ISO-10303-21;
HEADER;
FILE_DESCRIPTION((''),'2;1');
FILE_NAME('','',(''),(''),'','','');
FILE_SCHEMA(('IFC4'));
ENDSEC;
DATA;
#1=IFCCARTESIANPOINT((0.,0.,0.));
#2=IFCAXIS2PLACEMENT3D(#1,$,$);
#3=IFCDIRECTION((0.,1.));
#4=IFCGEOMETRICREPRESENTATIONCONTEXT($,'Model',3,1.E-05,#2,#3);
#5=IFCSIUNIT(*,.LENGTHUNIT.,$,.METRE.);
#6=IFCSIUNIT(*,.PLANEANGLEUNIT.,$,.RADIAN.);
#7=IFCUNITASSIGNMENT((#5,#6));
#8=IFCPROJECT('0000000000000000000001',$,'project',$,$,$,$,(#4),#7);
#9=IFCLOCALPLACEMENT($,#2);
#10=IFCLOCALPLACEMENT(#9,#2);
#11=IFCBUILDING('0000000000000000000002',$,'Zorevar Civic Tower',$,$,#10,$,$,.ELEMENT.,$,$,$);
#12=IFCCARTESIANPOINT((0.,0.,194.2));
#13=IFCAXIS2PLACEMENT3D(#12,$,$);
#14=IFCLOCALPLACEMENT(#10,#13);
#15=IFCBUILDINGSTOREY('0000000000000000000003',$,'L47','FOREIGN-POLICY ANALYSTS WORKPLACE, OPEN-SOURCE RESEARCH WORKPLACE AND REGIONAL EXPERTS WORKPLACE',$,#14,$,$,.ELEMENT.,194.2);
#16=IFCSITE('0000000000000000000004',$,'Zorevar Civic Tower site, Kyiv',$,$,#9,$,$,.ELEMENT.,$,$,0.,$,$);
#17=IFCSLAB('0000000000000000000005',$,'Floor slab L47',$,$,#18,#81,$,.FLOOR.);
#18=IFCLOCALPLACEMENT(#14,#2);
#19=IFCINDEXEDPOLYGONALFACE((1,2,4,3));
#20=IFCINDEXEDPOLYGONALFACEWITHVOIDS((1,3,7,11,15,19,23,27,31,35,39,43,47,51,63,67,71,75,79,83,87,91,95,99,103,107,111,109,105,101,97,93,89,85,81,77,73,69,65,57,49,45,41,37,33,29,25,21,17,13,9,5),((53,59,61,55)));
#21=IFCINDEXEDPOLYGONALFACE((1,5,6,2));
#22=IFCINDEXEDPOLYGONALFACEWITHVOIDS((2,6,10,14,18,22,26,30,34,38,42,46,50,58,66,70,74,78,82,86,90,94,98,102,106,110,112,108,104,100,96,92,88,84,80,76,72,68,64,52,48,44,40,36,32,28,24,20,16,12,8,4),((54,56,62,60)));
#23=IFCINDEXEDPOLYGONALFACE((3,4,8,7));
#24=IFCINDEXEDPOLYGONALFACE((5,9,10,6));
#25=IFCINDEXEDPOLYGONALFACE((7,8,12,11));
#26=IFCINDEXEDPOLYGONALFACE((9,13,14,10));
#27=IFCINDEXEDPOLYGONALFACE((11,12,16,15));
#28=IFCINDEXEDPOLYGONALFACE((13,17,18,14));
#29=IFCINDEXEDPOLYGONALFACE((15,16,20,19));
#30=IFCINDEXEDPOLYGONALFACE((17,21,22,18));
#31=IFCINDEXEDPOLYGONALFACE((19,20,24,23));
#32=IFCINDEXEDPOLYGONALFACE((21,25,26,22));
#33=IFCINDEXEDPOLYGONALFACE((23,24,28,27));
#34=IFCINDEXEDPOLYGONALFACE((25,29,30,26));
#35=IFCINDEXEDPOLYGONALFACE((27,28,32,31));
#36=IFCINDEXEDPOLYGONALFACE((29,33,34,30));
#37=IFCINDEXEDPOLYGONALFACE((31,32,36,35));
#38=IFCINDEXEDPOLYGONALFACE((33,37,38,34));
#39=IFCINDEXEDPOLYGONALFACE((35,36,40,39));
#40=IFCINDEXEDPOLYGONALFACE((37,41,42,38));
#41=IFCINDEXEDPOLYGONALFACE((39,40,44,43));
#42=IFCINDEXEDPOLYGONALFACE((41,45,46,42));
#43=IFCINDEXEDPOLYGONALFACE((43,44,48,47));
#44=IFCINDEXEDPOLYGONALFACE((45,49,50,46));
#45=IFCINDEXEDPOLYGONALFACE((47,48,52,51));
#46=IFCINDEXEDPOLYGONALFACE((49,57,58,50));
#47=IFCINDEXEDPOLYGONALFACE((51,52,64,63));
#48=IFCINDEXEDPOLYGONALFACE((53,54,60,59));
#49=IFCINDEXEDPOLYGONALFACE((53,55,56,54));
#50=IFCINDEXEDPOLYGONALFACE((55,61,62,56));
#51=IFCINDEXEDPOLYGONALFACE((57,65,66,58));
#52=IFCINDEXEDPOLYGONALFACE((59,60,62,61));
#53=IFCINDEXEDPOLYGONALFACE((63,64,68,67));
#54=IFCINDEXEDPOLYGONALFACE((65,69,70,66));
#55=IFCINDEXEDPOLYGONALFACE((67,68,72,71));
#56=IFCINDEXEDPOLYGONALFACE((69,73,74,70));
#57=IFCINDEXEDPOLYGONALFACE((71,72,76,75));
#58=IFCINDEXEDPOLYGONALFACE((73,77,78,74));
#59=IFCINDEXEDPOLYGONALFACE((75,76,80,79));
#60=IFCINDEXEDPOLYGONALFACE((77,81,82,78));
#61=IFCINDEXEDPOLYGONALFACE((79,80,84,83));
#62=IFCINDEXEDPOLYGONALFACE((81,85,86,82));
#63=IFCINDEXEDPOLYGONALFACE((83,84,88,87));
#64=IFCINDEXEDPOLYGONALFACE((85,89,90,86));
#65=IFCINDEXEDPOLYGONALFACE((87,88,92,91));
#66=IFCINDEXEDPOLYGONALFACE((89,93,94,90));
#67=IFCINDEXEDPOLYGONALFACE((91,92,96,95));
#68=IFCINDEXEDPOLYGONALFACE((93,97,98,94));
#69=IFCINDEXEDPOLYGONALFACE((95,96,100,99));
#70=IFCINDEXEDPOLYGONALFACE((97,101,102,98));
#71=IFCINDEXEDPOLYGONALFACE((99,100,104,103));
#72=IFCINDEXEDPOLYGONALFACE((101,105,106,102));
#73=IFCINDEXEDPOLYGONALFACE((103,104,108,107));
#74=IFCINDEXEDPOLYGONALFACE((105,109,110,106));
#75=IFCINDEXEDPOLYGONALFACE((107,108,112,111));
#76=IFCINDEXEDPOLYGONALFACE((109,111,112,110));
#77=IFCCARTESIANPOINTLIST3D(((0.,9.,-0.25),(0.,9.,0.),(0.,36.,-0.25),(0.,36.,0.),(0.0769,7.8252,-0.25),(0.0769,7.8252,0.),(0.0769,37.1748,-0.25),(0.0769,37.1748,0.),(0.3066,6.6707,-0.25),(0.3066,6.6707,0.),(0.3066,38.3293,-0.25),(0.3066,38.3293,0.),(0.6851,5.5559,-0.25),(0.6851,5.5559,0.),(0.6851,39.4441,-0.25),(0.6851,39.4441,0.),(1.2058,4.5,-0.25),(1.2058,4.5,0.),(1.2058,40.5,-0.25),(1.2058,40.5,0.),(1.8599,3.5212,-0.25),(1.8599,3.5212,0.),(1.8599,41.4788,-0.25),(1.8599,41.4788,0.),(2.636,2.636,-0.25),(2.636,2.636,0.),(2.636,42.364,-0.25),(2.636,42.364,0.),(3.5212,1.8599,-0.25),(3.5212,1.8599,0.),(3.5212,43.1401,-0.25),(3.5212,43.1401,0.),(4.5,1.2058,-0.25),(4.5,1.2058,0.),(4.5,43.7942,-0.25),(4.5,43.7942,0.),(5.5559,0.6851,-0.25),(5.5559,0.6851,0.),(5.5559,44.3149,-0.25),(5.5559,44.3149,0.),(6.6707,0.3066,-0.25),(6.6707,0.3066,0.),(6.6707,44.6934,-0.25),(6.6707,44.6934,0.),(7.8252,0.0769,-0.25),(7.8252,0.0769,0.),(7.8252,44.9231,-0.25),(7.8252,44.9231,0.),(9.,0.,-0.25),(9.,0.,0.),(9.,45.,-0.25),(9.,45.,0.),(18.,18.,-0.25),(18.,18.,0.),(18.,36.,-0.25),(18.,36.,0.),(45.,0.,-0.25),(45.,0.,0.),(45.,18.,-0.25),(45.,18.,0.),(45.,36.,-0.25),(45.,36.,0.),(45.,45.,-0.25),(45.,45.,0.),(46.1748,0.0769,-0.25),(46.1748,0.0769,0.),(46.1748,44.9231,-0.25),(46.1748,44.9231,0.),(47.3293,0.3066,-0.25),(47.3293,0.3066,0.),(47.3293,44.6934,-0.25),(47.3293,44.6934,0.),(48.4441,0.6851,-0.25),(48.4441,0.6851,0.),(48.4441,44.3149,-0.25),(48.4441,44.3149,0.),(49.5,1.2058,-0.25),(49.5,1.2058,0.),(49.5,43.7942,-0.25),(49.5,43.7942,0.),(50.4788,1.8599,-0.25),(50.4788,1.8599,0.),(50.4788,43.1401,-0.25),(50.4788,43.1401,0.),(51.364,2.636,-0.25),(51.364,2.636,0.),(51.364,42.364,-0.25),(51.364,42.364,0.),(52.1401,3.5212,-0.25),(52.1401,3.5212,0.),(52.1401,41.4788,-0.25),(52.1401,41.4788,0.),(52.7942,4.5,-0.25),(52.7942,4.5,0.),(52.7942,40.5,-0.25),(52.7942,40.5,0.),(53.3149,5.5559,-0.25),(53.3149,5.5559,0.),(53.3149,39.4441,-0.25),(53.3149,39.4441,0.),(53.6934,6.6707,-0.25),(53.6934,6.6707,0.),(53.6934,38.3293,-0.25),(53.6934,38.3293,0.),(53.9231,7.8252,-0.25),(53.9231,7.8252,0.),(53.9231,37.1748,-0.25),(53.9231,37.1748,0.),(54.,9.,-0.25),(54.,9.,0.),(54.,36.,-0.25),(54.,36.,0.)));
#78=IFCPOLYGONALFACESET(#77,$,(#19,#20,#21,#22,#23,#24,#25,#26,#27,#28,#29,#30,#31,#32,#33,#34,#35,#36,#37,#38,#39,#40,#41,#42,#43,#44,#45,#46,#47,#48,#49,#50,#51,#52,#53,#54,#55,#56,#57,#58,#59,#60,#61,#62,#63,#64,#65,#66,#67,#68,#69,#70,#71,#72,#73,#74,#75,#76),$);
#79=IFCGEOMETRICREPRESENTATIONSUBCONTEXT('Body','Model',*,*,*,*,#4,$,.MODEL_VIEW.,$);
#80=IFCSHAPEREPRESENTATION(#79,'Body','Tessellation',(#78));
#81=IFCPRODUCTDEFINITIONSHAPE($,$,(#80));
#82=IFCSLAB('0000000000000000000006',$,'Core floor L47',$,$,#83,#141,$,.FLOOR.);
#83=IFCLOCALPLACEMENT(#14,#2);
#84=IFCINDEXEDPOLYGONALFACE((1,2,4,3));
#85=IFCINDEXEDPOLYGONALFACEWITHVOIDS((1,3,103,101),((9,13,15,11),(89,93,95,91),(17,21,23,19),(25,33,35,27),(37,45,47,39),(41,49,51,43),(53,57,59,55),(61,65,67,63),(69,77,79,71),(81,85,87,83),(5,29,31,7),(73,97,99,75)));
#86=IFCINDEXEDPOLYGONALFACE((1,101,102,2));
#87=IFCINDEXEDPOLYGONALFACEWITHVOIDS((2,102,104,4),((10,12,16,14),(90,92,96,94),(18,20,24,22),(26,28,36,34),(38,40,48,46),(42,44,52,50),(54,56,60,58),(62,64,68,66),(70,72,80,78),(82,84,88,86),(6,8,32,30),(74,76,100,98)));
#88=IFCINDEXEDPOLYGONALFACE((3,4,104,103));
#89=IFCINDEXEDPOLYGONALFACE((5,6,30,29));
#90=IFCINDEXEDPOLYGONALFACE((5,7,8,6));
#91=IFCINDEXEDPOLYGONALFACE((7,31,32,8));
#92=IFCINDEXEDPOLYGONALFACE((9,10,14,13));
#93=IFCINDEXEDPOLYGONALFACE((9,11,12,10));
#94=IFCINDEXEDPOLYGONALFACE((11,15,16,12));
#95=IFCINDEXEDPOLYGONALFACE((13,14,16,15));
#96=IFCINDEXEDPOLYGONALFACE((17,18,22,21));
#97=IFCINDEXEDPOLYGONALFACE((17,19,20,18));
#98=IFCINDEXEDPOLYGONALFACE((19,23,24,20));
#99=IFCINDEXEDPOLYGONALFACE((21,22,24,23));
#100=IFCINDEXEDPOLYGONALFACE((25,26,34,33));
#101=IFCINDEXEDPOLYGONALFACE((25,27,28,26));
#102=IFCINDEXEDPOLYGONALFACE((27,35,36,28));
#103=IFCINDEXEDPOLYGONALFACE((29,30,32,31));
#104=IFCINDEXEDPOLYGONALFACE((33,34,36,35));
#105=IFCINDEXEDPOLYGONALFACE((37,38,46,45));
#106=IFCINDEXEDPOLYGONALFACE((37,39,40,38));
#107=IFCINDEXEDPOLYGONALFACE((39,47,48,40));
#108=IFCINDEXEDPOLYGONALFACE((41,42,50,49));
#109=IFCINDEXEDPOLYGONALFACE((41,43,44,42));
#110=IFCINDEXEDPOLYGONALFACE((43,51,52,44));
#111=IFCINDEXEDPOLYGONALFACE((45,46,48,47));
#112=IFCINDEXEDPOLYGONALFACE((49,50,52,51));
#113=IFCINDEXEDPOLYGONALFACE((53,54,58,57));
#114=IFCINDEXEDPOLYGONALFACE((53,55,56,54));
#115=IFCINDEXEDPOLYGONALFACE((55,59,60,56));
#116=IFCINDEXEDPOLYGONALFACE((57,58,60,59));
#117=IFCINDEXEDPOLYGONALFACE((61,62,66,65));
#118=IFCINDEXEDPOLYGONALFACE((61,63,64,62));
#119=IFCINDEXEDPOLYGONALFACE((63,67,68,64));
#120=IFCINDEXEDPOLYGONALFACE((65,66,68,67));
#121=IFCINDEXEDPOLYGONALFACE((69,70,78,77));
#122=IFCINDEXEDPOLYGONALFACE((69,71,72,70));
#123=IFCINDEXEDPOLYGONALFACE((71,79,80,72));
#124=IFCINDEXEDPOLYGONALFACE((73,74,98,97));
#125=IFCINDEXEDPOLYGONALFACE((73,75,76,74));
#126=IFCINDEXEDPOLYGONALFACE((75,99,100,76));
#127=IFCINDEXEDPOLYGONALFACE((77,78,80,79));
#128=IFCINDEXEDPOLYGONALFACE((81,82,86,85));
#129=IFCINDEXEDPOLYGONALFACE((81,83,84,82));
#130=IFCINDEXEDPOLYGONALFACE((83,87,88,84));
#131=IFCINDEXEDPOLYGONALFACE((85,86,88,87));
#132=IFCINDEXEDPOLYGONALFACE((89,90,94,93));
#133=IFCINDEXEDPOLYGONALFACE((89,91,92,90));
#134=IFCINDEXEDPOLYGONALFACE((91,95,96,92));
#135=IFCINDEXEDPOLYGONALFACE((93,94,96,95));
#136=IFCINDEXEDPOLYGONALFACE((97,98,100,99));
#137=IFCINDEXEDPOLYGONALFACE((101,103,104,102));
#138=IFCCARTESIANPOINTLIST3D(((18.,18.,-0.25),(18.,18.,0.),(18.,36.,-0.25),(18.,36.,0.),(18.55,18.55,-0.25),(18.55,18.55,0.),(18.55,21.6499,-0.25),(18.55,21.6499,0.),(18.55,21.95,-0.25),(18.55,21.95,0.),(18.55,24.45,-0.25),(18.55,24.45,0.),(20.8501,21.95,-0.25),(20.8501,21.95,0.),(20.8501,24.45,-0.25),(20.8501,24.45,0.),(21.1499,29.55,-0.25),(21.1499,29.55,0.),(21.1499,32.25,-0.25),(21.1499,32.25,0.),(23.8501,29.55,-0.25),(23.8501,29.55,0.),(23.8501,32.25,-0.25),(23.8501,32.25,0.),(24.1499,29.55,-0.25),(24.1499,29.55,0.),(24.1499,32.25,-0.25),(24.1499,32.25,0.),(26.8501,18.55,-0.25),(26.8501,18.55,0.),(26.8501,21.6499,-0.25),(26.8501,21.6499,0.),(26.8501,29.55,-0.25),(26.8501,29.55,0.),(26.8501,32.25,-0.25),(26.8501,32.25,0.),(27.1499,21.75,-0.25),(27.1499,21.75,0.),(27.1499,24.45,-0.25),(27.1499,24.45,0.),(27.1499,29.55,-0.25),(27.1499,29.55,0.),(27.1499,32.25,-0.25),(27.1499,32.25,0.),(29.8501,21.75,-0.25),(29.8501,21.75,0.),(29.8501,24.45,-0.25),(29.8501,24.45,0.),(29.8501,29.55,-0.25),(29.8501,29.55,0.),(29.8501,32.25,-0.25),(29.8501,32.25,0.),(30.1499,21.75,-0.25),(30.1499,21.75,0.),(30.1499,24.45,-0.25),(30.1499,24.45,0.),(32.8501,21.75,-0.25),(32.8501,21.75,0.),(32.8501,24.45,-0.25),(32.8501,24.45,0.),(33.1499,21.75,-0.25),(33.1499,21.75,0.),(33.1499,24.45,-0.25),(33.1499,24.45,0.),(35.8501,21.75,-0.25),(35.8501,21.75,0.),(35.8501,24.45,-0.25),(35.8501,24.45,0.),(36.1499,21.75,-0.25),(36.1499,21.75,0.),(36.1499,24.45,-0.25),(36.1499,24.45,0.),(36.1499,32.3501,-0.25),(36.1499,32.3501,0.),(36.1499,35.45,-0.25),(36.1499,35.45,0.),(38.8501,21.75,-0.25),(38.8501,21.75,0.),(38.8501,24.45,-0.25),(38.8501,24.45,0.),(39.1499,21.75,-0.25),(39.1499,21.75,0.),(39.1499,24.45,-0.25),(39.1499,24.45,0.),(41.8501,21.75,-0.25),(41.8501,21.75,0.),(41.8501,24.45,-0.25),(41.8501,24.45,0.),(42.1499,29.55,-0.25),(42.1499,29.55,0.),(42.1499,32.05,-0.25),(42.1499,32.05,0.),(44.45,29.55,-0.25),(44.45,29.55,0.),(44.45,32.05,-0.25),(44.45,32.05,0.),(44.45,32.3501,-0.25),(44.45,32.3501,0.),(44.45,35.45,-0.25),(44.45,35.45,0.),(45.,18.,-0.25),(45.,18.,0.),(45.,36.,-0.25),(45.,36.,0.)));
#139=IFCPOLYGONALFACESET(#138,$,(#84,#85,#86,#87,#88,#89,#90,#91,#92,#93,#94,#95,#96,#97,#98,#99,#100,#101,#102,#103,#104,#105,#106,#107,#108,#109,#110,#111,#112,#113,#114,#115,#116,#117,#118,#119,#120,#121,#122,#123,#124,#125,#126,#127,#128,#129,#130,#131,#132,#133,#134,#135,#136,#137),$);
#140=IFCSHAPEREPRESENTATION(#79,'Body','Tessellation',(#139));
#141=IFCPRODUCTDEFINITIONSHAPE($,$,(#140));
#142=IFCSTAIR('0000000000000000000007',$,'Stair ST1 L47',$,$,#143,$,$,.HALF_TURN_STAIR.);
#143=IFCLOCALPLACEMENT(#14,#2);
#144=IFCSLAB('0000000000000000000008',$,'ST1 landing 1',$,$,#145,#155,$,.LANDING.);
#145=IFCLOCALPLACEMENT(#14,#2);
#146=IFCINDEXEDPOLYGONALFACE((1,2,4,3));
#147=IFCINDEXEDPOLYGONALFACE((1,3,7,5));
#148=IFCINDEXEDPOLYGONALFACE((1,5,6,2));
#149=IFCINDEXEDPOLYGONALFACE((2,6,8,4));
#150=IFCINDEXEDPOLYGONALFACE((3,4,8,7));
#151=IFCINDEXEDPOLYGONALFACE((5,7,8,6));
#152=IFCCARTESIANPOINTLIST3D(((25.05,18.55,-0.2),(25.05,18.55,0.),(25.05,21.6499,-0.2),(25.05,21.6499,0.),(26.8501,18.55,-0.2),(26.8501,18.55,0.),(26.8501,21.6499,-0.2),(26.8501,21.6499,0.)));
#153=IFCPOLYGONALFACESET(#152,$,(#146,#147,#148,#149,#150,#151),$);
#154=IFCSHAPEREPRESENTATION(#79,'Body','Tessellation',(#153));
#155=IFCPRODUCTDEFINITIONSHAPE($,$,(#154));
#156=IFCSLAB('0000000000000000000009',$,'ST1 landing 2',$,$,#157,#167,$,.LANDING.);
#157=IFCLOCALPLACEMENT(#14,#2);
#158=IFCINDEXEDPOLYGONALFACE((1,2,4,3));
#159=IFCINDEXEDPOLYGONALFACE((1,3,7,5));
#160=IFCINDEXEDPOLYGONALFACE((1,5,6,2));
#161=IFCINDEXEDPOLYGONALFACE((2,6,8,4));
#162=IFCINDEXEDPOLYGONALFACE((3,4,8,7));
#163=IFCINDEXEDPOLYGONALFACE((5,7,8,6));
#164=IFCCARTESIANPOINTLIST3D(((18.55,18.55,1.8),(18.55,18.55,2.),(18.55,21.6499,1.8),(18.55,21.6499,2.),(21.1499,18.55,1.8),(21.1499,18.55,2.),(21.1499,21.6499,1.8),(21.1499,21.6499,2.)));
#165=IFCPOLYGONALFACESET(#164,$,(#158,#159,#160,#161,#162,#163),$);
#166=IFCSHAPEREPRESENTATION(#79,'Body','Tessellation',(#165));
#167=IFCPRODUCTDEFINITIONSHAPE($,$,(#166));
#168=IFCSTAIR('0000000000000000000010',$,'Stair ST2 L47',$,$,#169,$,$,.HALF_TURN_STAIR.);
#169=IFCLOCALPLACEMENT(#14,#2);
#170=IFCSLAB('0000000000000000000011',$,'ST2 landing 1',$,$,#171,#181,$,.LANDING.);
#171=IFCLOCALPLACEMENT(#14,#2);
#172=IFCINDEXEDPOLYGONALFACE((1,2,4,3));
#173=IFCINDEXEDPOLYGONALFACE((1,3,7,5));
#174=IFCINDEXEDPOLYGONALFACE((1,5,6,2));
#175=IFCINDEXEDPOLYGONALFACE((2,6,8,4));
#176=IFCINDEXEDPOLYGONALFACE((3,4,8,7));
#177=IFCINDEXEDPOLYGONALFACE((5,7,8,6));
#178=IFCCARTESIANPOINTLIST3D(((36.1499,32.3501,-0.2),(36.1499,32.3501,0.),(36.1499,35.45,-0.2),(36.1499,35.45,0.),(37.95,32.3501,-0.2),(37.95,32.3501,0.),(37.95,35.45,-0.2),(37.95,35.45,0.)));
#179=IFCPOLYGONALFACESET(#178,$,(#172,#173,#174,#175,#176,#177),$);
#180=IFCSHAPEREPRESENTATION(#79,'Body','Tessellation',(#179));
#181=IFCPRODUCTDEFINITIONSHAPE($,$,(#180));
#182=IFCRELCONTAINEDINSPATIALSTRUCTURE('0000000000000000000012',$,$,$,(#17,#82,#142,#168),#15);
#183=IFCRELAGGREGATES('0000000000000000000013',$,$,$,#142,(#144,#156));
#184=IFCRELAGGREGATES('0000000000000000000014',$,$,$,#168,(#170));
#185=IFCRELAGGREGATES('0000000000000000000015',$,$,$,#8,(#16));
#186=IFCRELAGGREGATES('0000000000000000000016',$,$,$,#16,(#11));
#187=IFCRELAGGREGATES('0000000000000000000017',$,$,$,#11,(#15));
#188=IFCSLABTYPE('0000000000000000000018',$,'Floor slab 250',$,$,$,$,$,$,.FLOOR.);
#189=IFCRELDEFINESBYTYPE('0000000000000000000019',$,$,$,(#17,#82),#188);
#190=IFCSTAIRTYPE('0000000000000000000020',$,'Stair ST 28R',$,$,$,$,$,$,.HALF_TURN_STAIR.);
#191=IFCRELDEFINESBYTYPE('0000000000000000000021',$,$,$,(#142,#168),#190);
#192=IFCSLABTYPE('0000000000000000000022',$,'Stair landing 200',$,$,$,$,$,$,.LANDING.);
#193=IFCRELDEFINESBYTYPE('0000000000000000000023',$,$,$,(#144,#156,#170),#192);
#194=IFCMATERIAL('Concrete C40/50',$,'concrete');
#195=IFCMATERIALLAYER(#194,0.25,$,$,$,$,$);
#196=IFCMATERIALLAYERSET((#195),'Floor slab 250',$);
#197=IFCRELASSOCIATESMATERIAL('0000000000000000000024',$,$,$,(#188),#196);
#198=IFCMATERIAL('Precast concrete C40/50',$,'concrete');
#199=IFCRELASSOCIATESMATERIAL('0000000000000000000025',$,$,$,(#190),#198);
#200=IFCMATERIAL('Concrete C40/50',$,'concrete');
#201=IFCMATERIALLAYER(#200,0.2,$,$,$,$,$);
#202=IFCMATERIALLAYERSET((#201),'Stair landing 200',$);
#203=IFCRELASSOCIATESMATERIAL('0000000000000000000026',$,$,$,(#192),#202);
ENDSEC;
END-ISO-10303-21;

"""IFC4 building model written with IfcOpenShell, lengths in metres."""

from ifc_helpers import new_model, si_unit, direction, frame, origin, place, context, subcontext, project, spatial, polyline, outline, extrude, material, layer, layer_set, type_object, element, aggregate, save


model = new_model("IFC4")

# Units and contexts
model_context = context("Model", 3, precision=1e-05, world=origin(), true_north=direction((0.0, 1.0)))
body_context = subcontext(model_context, "Body", "Model", "MODEL_VIEW")
ifc_project = project(units=[si_unit("LENGTHUNIT", "METRE"), si_unit("PLANEANGLEUNIT", "RADIAN")], contexts=[model_context])

# Site, building, storey
site_placement = place(None, origin())
site = spatial("IfcSite", under=ifc_project, at=site_placement, Name="Zorevar Civic Tower site, Kyiv", CompositionType="ELEMENT", RefElevation=0.0)
building_placement = place(site_placement, origin())
building = spatial("IfcBuilding", under=site, at=building_placement, Name="Zorevar Civic Tower", CompositionType="ELEMENT")
storey_placement = place(building_placement, frame((0.0, 0.0, 194.2)))
storey = spatial("IfcBuildingStorey", under=building, at=storey_placement, Name="L47", Description="FOREIGN-POLICY ANALYSTS WORKPLACE, OPEN-SOURCE RESEARCH WORKPLACE AND REGIONAL EXPERTS WORKPLACE", CompositionType="ELEMENT", Elevation=194.2)

# Slabs
ifc_material_1 = material(Name="Concrete C40/50", Category="concrete")
ifc_layer_1 = layer(ifc_material_1, 0.25)
ifc_layer_set_1 = layer_set([ifc_layer_1], Name="Floor slab 250")
slab_type_1 = type_object("IfcSlabType", Name="Floor slab 250", PredefinedType="FLOOR", material=ifc_layer_set_1)
slab_1_placement = place(storey_placement, frame((0.0, 0.0, -0.25)))
element("IfcSlab", 1, at=slab_1_placement, inside=storey, type_object=slab_type_1, Name="Floor slab L47", PredefinedType="FLOOR", context=body_context, shape_type="SweptSolid", body=[
    extrude(outline(polyline([(45.0, 0.0), (46.1748, 0.0769), (47.3293, 0.3066), (48.4441, 0.6851), (49.5, 1.2058), (50.4788, 1.8599), (51.364, 2.636), (52.1401, 3.5212), (52.7942, 4.5), (53.3149, 5.5559), (53.6934, 6.6707), (53.9231, 7.8252), (54.0, 9.0), (54.0, 36.0), (53.9231, 37.1748), (53.6934, 38.3293), (53.3149, 39.4441), (52.7942, 40.5), (52.1401, 41.4788), (51.364, 42.364), (50.4788, 43.1401), (49.5, 43.7942), (48.4441, 44.3149), (47.3293, 44.6934), (46.1748, 44.9231), (45.0, 45.0), (9.0, 45.0), (7.8252, 44.9231), (6.6707, 44.6934), (5.5559, 44.3149), (4.5, 43.7942), (3.5212, 43.1401), (2.636, 42.364), (1.8599, 41.4788), (1.2058, 40.5), (0.6851, 39.4441), (0.3066, 38.3293), (0.0769, 37.1748), (0.0, 36.0), (0.0, 9.0), (0.0769, 7.8252), (0.3066, 6.6707), (0.6851, 5.5559), (1.2058, 4.5), (1.8599, 3.5212), (2.636, 2.636), (3.5212, 1.8599), (4.5, 1.2058), (5.5559, 0.6851), (6.6707, 0.3066), (7.8252, 0.0769), (9.0, 0.0), (45.0, 0.0)]), holes=[polyline([(18.0, 18.0), (45.0, 18.0), (45.0, 36.0), (18.0, 36.0), (18.0, 18.0)])]), origin(), (0.0, 0.0, 1.0), 0.25),
])
slab_2_placement = place(storey_placement, frame((0.0, 0.0, -0.25)))
element("IfcSlab", 2, at=slab_2_placement, inside=storey, type_object=slab_type_1, Name="Core floor L47", PredefinedType="FLOOR", context=body_context, shape_type="SweptSolid", body=[
    extrude(outline(polyline([(18.0, 18.0), (45.0, 18.0), (45.0, 36.0), (18.0, 36.0), (18.0, 18.0)]), holes=[polyline([(18.55, 18.55), (26.8501, 18.55), (26.8501, 21.6499), (18.55, 21.6499), (18.55, 18.55)]), polyline([(36.1499, 32.3501), (44.45, 32.3501), (44.45, 35.45), (36.1499, 35.45), (36.1499, 32.3501)]), polyline([(18.55, 21.95), (20.8501, 21.95), (20.8501, 24.45), (18.55, 24.45), (18.55, 21.95)]), polyline([(42.1499, 29.55), (44.45, 29.55), (44.45, 32.05), (42.1499, 32.05), (42.1499, 29.55)]), polyline([(27.1499, 21.75), (29.8501, 21.75), (29.8501, 24.45), (27.1499, 24.45), (27.1499, 21.75)]), polyline([(30.1499, 21.75), (32.8501, 21.75), (32.8501, 24.45), (30.1499, 24.45), (30.1499, 21.75)]), polyline([(33.1499, 21.75), (35.8501, 21.75), (35.8501, 24.45), (33.1499, 24.45), (33.1499, 21.75)]), polyline([(27.1499, 29.55), (29.8501, 29.55), (29.8501, 32.25), (27.1499, 32.25), (27.1499, 29.55)]), polyline([(36.1499, 21.75), (38.8501, 21.75), (38.8501, 24.45), (36.1499, 24.45), (36.1499, 21.75)]), polyline([(24.1499, 29.55), (26.8501, 29.55), (26.8501, 32.25), (24.1499, 32.25), (24.1499, 29.55)]), polyline([(39.1499, 21.75), (41.8501, 21.75), (41.8501, 24.45), (39.1499, 24.45), (39.1499, 21.75)]), polyline([(21.1499, 29.55), (23.8501, 29.55), (23.8501, 32.25), (21.1499, 32.25), (21.1499, 29.55)])]), origin(), (0.0, 0.0, 1.0), 0.25),
])

# Stairs, slabs
ifc_material_2 = material(Name="Precast concrete C40/50", Category="concrete")
stair_type = type_object("IfcStairType", Name="Stair ST 28R", PredefinedType="HALF_TURN_STAIR", material=ifc_material_2)
stair_1_placement = place(storey_placement, origin())
stair_1 = element("IfcStair", 3, at=stair_1_placement, inside=storey, type_object=stair_type, Name="Stair ST1 L47", PredefinedType="HALF_TURN_STAIR")
ifc_material_3 = material(Name="Concrete C40/50", Category="concrete")
ifc_layer_2 = layer(ifc_material_3, 0.2)
ifc_layer_set_2 = layer_set([ifc_layer_2], Name="Stair landing 200")
slab_type_2 = type_object("IfcSlabType", Name="Stair landing 200", PredefinedType="LANDING", material=ifc_layer_set_2)
slab_3_placement = place(storey_placement, frame((0.0, 0.0, -0.2)))
slab_3 = element("IfcSlab", 4, at=slab_3_placement, type_object=slab_type_2, Name="ST1 landing 1", PredefinedType="LANDING", context=body_context, shape_type="SweptSolid", body=[
    extrude(outline(polyline([(25.05, 18.55), (26.8501, 18.55), (26.8501, 21.6499), (25.05, 21.6499), (25.05, 18.55)])), origin(), (0.0, 0.0, 1.0), 0.2),
])
slab_4_placement = place(storey_placement, frame((0.0, 0.0, 1.8)))
slab_4 = element("IfcSlab", 5, at=slab_4_placement, type_object=slab_type_2, Name="ST1 landing 2", PredefinedType="LANDING", context=body_context, shape_type="SweptSolid", body=[
    extrude(outline(polyline([(18.55, 18.55), (21.1499, 18.55), (21.1499, 21.6499), (18.55, 21.6499), (18.55, 18.55)])), origin(), (0.0, 0.0, 1.0), 0.2),
])
aggregate(stair_1, [slab_3, slab_4])
stair_2_placement = place(storey_placement, origin())
stair_2 = element("IfcStair", 6, at=stair_2_placement, inside=storey, type_object=stair_type, Name="Stair ST2 L47", PredefinedType="HALF_TURN_STAIR")
slab_5_placement = place(storey_placement, frame((0.0, 0.0, -0.2)))
slab_5 = element("IfcSlab", 7, at=slab_5_placement, type_object=slab_type_2, Name="ST2 landing 1", PredefinedType="LANDING", context=body_context, shape_type="SweptSolid", body=[
    extrude(outline(polyline([(37.95, 32.3501), (36.1499, 32.3501), (36.1499, 35.45), (37.95, 35.45), (37.95, 32.3501)])), origin(), (0.0, 0.0, 1.0), 0.2),
])
aggregate(stair_2, [slab_5])

save(model, "model.ifc")
